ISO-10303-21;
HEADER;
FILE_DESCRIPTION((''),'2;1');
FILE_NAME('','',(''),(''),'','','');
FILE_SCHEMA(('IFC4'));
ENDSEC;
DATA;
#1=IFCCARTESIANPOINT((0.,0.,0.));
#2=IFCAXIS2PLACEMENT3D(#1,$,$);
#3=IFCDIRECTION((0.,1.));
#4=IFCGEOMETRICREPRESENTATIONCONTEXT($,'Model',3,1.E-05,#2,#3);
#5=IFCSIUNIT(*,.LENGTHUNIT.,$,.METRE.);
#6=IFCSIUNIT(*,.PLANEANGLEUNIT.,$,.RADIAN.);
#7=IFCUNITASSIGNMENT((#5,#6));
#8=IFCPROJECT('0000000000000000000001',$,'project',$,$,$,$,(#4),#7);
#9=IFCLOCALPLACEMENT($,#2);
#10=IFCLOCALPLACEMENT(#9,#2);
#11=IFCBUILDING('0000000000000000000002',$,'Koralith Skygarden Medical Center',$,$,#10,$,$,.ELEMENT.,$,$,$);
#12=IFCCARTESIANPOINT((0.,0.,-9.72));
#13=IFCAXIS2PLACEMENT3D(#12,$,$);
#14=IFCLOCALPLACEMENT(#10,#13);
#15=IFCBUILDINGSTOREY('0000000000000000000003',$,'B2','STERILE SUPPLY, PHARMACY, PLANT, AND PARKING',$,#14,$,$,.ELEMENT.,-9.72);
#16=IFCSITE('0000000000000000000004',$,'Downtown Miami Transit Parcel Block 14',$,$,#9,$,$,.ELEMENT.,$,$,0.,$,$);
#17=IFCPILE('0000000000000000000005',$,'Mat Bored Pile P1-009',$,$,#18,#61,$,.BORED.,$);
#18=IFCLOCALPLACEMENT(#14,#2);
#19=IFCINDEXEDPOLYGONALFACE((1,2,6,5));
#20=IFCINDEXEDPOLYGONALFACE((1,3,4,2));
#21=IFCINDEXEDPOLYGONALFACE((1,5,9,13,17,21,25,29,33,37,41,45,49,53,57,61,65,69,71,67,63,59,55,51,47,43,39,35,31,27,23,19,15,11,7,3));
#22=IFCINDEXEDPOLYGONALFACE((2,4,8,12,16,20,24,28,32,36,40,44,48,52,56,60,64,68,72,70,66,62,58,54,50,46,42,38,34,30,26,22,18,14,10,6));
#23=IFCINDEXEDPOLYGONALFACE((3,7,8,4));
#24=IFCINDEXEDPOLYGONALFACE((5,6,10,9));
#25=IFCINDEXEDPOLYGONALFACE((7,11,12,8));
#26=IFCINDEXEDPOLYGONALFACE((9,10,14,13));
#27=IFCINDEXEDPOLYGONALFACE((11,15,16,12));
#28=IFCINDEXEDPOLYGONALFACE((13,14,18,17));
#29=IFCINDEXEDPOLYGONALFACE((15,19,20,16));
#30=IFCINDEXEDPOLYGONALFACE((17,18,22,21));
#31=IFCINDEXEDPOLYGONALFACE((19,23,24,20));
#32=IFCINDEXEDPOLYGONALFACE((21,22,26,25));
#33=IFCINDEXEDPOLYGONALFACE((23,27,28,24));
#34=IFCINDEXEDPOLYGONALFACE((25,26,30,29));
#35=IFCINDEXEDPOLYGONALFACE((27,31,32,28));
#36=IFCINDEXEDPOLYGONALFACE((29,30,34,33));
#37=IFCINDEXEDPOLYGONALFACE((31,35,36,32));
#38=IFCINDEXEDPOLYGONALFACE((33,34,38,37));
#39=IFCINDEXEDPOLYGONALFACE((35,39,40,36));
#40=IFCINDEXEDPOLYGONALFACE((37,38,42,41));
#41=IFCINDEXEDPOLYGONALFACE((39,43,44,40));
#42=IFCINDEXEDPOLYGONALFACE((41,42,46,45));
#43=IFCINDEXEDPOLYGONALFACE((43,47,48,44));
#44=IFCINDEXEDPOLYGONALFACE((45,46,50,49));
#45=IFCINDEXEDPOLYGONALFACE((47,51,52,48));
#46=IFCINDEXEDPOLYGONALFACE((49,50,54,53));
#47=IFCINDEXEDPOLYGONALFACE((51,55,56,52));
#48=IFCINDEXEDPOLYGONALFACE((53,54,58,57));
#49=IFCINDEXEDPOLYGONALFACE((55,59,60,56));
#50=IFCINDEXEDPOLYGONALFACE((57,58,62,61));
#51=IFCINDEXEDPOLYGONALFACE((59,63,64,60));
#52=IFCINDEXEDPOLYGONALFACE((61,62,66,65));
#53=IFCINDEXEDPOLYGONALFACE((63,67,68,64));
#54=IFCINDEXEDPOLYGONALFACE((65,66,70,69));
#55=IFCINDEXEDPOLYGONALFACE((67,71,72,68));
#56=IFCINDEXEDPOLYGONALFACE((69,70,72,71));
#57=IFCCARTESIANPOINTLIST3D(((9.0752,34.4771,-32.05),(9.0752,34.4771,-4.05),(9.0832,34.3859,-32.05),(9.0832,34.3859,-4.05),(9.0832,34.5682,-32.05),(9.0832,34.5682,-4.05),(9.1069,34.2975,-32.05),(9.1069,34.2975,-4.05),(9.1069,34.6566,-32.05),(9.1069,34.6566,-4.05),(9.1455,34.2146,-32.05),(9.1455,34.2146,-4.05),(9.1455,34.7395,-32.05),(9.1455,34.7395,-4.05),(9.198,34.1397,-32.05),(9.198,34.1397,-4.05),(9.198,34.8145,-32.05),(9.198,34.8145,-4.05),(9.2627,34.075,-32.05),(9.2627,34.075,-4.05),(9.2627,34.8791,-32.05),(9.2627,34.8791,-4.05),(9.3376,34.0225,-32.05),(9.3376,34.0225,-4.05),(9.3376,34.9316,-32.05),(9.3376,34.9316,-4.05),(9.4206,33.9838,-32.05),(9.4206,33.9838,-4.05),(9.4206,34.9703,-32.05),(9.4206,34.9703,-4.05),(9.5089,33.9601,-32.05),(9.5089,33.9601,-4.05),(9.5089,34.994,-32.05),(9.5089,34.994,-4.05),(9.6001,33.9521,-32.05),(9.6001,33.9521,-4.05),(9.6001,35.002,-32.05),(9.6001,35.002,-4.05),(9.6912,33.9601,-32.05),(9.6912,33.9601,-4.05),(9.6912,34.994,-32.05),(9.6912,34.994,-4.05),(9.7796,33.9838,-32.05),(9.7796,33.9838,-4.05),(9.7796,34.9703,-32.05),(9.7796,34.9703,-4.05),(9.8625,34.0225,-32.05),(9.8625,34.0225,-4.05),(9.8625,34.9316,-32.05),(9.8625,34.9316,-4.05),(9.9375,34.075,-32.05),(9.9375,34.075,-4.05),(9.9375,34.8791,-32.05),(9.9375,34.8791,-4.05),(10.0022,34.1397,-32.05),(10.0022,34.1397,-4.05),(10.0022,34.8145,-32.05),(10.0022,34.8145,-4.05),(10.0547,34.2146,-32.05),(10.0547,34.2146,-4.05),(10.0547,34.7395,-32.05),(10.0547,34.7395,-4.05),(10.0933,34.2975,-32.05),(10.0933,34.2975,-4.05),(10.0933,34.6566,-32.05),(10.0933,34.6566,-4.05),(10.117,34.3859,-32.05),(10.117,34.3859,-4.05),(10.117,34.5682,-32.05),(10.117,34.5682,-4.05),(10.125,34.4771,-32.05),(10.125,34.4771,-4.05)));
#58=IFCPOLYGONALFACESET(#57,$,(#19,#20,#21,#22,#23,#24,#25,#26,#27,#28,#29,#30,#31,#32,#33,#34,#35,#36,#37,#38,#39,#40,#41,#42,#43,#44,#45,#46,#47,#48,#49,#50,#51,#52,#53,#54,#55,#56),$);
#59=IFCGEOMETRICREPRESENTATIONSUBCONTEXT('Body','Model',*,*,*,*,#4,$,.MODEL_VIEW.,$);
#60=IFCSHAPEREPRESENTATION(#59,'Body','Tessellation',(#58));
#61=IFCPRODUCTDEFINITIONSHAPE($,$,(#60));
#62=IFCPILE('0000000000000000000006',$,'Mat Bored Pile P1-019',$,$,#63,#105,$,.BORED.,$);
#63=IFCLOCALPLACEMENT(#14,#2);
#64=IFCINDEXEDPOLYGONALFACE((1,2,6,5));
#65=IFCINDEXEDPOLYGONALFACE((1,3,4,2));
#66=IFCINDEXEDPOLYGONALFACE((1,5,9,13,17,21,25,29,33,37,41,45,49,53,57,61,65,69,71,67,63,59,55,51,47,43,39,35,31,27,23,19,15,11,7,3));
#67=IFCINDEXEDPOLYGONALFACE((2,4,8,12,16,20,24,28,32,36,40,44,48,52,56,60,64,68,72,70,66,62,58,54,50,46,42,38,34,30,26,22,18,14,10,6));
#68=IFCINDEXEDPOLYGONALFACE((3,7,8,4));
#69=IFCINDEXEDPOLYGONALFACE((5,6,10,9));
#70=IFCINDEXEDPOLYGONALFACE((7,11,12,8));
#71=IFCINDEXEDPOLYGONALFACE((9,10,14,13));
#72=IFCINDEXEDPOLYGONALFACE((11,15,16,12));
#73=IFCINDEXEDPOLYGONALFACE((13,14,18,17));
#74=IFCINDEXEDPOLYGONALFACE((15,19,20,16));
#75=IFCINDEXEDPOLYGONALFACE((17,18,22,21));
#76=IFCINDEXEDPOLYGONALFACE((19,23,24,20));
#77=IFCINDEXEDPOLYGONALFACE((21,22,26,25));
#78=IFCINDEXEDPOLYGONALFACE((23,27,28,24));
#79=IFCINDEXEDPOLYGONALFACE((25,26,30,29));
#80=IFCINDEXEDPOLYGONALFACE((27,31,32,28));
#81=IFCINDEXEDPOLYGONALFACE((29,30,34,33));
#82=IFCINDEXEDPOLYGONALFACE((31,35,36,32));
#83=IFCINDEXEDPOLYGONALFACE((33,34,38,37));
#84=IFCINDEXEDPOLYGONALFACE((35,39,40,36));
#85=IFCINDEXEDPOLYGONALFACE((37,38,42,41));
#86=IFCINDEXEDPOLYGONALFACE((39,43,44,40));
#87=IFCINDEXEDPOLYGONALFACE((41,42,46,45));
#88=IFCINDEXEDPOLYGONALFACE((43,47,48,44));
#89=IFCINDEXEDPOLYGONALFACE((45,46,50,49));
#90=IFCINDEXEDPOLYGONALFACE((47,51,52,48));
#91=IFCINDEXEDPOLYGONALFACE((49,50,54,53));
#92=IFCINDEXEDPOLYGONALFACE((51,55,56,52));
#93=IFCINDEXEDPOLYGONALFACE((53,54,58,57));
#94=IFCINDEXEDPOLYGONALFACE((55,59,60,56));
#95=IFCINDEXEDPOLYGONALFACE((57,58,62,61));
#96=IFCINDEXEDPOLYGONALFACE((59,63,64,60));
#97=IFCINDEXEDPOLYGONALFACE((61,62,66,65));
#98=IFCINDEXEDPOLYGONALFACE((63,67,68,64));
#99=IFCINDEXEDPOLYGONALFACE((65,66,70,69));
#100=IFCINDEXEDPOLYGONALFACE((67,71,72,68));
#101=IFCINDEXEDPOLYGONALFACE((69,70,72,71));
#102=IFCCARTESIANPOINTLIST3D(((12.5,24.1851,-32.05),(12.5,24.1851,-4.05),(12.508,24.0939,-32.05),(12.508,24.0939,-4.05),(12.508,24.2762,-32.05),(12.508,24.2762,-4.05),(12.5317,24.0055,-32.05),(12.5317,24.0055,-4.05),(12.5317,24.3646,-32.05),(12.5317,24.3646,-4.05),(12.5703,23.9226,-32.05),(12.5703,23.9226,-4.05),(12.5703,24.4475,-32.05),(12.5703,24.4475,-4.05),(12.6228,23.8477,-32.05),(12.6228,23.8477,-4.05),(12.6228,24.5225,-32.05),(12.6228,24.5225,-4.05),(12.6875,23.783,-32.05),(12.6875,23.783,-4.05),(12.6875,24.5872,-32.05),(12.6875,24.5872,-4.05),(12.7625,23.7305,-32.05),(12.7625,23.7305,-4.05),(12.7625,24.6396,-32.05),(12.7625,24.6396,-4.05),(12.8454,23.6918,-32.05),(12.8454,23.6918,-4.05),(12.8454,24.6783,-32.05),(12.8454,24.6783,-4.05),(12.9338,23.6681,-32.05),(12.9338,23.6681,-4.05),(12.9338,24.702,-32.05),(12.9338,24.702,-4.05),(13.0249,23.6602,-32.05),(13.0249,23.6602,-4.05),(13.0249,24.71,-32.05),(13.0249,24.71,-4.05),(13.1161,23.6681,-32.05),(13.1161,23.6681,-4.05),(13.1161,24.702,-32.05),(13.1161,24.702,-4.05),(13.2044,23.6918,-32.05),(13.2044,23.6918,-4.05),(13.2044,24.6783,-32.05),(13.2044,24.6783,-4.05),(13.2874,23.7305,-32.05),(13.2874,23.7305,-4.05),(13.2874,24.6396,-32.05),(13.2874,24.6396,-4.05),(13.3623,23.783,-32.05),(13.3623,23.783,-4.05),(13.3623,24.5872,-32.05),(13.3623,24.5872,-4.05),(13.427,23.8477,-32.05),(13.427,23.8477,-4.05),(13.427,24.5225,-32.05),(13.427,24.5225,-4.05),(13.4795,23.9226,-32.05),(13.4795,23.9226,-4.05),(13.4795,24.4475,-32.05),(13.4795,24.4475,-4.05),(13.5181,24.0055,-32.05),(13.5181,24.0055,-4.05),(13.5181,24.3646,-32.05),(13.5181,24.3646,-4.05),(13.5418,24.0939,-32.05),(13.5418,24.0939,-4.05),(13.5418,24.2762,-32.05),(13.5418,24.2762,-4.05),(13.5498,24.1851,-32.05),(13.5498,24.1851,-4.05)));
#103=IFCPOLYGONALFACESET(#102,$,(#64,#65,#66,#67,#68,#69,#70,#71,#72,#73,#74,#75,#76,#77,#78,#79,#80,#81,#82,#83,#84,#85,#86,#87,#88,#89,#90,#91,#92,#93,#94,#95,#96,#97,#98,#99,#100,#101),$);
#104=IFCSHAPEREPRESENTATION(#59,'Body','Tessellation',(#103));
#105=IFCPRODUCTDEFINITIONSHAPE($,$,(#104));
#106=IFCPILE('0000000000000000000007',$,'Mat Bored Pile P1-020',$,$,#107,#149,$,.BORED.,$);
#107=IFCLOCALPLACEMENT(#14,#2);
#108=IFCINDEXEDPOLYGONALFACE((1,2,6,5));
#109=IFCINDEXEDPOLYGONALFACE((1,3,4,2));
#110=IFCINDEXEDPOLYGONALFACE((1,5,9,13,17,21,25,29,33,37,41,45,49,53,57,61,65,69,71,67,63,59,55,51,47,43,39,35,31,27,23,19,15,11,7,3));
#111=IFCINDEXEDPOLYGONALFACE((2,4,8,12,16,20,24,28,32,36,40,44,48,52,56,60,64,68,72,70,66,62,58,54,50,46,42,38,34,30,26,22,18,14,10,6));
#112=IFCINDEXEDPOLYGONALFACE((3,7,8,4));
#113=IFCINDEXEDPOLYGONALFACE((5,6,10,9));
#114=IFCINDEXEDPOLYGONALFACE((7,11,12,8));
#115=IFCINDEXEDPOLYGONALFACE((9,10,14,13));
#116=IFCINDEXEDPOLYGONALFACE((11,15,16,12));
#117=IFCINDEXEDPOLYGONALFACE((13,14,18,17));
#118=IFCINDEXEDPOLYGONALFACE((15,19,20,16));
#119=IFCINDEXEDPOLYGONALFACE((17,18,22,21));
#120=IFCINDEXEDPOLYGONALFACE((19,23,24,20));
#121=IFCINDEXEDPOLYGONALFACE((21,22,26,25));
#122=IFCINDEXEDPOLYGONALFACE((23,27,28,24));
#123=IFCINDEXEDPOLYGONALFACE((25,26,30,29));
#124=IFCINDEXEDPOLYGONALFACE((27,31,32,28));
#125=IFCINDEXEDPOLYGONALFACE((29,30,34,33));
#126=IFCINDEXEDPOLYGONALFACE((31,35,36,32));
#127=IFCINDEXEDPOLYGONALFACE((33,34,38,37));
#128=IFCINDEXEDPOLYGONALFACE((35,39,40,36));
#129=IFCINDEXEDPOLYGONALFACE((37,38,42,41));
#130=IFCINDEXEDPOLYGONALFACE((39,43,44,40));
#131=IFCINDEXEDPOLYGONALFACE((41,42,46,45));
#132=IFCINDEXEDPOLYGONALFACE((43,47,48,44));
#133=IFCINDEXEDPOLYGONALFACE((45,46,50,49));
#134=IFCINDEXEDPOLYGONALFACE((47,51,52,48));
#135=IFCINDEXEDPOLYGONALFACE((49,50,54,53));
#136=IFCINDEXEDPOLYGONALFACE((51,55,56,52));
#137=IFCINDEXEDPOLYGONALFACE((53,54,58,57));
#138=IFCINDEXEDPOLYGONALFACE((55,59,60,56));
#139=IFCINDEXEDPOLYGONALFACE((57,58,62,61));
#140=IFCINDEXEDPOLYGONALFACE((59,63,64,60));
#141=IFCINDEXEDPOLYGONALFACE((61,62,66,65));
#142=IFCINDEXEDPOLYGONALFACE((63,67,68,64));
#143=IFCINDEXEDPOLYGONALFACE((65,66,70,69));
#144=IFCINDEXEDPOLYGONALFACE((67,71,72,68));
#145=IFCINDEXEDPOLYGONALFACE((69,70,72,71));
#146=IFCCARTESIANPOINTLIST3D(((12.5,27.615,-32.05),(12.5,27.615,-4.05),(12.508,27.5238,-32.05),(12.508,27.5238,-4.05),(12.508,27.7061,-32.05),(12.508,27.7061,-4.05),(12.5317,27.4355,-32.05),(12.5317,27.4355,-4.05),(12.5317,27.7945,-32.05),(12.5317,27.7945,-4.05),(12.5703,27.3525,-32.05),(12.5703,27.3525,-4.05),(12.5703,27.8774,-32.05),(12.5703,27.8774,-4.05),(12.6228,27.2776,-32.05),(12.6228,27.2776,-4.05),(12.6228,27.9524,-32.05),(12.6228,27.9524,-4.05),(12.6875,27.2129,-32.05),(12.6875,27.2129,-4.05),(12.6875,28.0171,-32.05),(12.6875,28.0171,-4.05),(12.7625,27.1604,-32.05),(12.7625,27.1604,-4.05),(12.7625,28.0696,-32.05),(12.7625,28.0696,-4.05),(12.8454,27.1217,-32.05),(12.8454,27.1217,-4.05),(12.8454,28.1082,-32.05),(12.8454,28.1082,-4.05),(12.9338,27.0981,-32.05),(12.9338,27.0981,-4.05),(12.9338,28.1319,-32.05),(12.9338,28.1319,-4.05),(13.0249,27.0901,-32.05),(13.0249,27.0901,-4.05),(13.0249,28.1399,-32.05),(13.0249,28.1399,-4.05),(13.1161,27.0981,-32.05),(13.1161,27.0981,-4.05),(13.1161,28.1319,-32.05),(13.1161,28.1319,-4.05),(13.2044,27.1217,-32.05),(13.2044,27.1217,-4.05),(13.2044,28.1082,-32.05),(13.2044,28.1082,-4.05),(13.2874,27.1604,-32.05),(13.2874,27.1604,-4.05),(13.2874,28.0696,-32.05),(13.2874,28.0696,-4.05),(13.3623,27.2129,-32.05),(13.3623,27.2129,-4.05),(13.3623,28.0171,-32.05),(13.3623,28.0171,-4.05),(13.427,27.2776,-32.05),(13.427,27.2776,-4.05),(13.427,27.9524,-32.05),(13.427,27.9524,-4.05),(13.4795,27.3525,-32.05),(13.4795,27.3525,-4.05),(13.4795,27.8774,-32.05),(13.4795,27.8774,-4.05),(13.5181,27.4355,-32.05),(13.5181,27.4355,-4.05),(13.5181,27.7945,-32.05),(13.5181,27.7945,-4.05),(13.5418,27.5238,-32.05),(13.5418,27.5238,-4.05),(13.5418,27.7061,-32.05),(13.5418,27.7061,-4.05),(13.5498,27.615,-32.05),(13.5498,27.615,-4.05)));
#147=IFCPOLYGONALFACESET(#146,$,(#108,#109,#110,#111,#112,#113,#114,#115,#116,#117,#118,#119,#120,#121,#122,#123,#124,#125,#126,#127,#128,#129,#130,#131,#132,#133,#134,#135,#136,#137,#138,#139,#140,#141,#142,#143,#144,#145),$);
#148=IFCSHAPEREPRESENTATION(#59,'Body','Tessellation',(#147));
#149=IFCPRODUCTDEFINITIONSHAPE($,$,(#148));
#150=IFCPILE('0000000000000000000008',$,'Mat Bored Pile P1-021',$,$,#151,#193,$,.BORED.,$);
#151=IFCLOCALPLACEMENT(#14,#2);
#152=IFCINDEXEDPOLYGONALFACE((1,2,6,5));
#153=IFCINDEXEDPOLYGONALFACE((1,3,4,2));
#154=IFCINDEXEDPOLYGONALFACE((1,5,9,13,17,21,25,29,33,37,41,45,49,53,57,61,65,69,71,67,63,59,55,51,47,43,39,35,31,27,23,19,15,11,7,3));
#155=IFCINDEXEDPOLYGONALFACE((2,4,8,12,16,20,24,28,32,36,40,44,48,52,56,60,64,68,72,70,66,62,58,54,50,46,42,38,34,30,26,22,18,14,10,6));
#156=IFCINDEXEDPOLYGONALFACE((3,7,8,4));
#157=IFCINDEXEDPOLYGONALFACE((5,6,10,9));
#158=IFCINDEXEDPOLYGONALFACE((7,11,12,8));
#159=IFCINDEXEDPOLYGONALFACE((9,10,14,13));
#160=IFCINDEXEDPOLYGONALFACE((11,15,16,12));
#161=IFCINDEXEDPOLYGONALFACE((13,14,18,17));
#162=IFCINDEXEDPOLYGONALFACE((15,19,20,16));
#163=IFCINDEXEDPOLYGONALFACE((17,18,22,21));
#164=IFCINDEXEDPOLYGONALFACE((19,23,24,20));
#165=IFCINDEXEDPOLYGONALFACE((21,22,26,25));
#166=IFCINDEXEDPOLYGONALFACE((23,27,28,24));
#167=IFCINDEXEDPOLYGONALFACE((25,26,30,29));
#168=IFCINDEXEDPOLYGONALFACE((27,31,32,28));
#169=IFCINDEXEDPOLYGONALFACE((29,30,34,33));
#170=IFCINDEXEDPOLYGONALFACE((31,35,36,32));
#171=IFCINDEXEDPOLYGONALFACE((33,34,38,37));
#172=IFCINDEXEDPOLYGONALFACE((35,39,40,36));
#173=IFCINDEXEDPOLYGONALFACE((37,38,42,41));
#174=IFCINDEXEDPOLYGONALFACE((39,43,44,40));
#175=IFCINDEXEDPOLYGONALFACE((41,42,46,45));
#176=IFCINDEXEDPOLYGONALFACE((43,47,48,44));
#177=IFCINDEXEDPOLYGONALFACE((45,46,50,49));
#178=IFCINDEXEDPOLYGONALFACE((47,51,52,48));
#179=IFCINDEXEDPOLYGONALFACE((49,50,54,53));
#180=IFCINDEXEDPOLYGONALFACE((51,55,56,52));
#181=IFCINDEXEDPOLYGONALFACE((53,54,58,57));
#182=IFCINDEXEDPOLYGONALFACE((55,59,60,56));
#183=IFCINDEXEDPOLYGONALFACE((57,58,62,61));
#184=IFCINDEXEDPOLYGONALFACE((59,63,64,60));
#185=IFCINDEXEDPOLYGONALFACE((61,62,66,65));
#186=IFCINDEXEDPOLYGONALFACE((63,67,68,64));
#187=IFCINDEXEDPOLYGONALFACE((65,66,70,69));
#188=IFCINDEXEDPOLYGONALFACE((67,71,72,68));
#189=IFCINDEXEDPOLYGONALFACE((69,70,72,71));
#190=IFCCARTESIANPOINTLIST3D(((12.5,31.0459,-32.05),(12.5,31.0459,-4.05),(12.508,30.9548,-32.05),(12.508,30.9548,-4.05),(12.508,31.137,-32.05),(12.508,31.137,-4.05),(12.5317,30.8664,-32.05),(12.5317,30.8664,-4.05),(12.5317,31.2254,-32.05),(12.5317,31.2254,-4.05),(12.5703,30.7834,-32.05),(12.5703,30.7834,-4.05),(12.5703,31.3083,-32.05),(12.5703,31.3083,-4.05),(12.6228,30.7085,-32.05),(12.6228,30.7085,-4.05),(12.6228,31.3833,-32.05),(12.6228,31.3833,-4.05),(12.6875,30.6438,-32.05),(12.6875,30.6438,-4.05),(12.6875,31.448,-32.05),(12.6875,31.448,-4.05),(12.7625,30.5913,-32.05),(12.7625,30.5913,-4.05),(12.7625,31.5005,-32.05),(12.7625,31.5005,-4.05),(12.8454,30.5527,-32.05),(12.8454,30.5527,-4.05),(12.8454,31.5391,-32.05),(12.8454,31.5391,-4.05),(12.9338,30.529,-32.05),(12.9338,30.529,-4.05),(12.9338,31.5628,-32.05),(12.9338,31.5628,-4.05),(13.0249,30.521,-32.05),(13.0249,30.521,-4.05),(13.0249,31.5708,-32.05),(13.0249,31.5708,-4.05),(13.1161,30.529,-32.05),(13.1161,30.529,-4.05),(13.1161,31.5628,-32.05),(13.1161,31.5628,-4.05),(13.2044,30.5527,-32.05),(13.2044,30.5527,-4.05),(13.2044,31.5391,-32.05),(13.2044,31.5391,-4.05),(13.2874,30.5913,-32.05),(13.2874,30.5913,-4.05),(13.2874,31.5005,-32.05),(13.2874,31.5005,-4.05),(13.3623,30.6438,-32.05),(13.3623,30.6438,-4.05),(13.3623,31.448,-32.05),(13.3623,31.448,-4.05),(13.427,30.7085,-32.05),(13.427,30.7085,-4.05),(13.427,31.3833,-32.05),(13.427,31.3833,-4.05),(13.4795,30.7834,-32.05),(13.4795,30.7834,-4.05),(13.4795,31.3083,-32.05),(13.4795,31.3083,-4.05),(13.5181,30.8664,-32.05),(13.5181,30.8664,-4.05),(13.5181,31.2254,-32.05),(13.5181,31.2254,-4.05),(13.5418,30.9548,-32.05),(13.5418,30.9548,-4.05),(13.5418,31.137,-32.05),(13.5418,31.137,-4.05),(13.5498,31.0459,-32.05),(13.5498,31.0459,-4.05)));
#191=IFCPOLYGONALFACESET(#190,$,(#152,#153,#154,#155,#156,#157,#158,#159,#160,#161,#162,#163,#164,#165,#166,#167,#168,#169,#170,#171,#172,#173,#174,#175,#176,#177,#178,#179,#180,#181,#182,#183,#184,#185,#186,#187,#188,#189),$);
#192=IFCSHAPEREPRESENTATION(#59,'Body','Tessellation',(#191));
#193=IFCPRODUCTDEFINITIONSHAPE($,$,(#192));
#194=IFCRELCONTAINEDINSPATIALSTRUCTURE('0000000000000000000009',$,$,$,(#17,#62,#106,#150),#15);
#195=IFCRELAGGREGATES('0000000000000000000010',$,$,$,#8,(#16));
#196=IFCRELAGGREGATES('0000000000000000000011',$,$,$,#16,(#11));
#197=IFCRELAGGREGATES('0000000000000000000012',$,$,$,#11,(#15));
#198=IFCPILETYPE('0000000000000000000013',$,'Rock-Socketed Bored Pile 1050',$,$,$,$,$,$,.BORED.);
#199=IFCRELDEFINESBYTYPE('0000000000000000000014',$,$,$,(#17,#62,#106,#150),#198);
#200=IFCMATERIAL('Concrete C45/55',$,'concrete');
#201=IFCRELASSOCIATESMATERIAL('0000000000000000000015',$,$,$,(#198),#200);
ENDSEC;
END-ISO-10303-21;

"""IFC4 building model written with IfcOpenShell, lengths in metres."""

from ifc_helpers import new_model, si_unit, direction, frame, origin, origin_2d, place, context, subcontext, project, spatial, circle, extrude, material, material_profile, profile_set, type_object, element, save


model = new_model("IFC4")

# Units and contexts
model_context = context("Model", 3, precision=1e-05, world=origin(), true_north=direction((0.0, 1.0)))
body_context = subcontext(model_context, "Body", "Model", "MODEL_VIEW")
ifc_project = project(units=[si_unit("LENGTHUNIT", "METRE"), si_unit("PLANEANGLEUNIT", "RADIAN")], contexts=[model_context])

# Site, building, storey
site_placement = place(None, origin())
site = spatial("IfcSite", under=ifc_project, at=site_placement, Name="Downtown Miami Transit Parcel Block 14", CompositionType="ELEMENT", RefElevation=0.0)
building_placement = place(site_placement, origin())
building = spatial("IfcBuilding", under=site, at=building_placement, Name="Koralith Skygarden Medical Center", CompositionType="ELEMENT")
storey_placement = place(building_placement, frame((0.0, 0.0, -9.72)))
storey = spatial("IfcBuildingStorey", under=building, at=storey_placement, Name="B2", Description="STERILE SUPPLY, PHARMACY, PLANT, AND PARKING", CompositionType="ELEMENT", Elevation=-9.72)

# Piles
ifc_material_1 = material(Name="Concrete C45/55", Category="concrete")
ifc_material_profile_1 = material_profile(ifc_material_1, circle(Radius=0.5249, at=origin_2d()), Name="PILE1050")
ifc_profile_set_1 = profile_set([ifc_material_profile_1], Name="Concrete C45/55")
pile_type = type_object("IfcPileType", Name="Rock-Socketed Bored Pile 1050", PredefinedType="BORED", material=ifc_profile_set_1)
for number, where, z_axis, x_axis, name in (
    (1, (9.6001, 34.4771, -4.05), (0.0, 0.0, -1.0), (1.0, 0.0, 0.0), "Mat Bored Pile P1-009"),
    (2, (13.0249, 24.1851, -4.05), (0.0, 0.0, -1.0), (1.0, 0.0, 0.0), "Mat Bored Pile P1-019"),
    (3, (13.0249, 27.615, -4.05), (0.0, 0.0, -1.0), (1.0, 0.0, 0.0), "Mat Bored Pile P1-020"),
    (4, (13.0249, 31.0459, -4.05), (0.0, 0.0, -1.0), (1.0, 0.0, 0.0), "Mat Bored Pile P1-021"),
):
    element("IfcPile", number, at=place(storey_placement, frame(where, z_axis=z_axis, x_axis=x_axis)), inside=storey, type_object=pile_type, Name=name, PredefinedType="BORED", context=body_context, shape_type="SweptSolid", body=[
        extrude(circle(Radius=0.5249, at=origin_2d()), origin(), (0.0, 0.0, 1.0), 28.0),
    ])

save(model, "model.ifc")
